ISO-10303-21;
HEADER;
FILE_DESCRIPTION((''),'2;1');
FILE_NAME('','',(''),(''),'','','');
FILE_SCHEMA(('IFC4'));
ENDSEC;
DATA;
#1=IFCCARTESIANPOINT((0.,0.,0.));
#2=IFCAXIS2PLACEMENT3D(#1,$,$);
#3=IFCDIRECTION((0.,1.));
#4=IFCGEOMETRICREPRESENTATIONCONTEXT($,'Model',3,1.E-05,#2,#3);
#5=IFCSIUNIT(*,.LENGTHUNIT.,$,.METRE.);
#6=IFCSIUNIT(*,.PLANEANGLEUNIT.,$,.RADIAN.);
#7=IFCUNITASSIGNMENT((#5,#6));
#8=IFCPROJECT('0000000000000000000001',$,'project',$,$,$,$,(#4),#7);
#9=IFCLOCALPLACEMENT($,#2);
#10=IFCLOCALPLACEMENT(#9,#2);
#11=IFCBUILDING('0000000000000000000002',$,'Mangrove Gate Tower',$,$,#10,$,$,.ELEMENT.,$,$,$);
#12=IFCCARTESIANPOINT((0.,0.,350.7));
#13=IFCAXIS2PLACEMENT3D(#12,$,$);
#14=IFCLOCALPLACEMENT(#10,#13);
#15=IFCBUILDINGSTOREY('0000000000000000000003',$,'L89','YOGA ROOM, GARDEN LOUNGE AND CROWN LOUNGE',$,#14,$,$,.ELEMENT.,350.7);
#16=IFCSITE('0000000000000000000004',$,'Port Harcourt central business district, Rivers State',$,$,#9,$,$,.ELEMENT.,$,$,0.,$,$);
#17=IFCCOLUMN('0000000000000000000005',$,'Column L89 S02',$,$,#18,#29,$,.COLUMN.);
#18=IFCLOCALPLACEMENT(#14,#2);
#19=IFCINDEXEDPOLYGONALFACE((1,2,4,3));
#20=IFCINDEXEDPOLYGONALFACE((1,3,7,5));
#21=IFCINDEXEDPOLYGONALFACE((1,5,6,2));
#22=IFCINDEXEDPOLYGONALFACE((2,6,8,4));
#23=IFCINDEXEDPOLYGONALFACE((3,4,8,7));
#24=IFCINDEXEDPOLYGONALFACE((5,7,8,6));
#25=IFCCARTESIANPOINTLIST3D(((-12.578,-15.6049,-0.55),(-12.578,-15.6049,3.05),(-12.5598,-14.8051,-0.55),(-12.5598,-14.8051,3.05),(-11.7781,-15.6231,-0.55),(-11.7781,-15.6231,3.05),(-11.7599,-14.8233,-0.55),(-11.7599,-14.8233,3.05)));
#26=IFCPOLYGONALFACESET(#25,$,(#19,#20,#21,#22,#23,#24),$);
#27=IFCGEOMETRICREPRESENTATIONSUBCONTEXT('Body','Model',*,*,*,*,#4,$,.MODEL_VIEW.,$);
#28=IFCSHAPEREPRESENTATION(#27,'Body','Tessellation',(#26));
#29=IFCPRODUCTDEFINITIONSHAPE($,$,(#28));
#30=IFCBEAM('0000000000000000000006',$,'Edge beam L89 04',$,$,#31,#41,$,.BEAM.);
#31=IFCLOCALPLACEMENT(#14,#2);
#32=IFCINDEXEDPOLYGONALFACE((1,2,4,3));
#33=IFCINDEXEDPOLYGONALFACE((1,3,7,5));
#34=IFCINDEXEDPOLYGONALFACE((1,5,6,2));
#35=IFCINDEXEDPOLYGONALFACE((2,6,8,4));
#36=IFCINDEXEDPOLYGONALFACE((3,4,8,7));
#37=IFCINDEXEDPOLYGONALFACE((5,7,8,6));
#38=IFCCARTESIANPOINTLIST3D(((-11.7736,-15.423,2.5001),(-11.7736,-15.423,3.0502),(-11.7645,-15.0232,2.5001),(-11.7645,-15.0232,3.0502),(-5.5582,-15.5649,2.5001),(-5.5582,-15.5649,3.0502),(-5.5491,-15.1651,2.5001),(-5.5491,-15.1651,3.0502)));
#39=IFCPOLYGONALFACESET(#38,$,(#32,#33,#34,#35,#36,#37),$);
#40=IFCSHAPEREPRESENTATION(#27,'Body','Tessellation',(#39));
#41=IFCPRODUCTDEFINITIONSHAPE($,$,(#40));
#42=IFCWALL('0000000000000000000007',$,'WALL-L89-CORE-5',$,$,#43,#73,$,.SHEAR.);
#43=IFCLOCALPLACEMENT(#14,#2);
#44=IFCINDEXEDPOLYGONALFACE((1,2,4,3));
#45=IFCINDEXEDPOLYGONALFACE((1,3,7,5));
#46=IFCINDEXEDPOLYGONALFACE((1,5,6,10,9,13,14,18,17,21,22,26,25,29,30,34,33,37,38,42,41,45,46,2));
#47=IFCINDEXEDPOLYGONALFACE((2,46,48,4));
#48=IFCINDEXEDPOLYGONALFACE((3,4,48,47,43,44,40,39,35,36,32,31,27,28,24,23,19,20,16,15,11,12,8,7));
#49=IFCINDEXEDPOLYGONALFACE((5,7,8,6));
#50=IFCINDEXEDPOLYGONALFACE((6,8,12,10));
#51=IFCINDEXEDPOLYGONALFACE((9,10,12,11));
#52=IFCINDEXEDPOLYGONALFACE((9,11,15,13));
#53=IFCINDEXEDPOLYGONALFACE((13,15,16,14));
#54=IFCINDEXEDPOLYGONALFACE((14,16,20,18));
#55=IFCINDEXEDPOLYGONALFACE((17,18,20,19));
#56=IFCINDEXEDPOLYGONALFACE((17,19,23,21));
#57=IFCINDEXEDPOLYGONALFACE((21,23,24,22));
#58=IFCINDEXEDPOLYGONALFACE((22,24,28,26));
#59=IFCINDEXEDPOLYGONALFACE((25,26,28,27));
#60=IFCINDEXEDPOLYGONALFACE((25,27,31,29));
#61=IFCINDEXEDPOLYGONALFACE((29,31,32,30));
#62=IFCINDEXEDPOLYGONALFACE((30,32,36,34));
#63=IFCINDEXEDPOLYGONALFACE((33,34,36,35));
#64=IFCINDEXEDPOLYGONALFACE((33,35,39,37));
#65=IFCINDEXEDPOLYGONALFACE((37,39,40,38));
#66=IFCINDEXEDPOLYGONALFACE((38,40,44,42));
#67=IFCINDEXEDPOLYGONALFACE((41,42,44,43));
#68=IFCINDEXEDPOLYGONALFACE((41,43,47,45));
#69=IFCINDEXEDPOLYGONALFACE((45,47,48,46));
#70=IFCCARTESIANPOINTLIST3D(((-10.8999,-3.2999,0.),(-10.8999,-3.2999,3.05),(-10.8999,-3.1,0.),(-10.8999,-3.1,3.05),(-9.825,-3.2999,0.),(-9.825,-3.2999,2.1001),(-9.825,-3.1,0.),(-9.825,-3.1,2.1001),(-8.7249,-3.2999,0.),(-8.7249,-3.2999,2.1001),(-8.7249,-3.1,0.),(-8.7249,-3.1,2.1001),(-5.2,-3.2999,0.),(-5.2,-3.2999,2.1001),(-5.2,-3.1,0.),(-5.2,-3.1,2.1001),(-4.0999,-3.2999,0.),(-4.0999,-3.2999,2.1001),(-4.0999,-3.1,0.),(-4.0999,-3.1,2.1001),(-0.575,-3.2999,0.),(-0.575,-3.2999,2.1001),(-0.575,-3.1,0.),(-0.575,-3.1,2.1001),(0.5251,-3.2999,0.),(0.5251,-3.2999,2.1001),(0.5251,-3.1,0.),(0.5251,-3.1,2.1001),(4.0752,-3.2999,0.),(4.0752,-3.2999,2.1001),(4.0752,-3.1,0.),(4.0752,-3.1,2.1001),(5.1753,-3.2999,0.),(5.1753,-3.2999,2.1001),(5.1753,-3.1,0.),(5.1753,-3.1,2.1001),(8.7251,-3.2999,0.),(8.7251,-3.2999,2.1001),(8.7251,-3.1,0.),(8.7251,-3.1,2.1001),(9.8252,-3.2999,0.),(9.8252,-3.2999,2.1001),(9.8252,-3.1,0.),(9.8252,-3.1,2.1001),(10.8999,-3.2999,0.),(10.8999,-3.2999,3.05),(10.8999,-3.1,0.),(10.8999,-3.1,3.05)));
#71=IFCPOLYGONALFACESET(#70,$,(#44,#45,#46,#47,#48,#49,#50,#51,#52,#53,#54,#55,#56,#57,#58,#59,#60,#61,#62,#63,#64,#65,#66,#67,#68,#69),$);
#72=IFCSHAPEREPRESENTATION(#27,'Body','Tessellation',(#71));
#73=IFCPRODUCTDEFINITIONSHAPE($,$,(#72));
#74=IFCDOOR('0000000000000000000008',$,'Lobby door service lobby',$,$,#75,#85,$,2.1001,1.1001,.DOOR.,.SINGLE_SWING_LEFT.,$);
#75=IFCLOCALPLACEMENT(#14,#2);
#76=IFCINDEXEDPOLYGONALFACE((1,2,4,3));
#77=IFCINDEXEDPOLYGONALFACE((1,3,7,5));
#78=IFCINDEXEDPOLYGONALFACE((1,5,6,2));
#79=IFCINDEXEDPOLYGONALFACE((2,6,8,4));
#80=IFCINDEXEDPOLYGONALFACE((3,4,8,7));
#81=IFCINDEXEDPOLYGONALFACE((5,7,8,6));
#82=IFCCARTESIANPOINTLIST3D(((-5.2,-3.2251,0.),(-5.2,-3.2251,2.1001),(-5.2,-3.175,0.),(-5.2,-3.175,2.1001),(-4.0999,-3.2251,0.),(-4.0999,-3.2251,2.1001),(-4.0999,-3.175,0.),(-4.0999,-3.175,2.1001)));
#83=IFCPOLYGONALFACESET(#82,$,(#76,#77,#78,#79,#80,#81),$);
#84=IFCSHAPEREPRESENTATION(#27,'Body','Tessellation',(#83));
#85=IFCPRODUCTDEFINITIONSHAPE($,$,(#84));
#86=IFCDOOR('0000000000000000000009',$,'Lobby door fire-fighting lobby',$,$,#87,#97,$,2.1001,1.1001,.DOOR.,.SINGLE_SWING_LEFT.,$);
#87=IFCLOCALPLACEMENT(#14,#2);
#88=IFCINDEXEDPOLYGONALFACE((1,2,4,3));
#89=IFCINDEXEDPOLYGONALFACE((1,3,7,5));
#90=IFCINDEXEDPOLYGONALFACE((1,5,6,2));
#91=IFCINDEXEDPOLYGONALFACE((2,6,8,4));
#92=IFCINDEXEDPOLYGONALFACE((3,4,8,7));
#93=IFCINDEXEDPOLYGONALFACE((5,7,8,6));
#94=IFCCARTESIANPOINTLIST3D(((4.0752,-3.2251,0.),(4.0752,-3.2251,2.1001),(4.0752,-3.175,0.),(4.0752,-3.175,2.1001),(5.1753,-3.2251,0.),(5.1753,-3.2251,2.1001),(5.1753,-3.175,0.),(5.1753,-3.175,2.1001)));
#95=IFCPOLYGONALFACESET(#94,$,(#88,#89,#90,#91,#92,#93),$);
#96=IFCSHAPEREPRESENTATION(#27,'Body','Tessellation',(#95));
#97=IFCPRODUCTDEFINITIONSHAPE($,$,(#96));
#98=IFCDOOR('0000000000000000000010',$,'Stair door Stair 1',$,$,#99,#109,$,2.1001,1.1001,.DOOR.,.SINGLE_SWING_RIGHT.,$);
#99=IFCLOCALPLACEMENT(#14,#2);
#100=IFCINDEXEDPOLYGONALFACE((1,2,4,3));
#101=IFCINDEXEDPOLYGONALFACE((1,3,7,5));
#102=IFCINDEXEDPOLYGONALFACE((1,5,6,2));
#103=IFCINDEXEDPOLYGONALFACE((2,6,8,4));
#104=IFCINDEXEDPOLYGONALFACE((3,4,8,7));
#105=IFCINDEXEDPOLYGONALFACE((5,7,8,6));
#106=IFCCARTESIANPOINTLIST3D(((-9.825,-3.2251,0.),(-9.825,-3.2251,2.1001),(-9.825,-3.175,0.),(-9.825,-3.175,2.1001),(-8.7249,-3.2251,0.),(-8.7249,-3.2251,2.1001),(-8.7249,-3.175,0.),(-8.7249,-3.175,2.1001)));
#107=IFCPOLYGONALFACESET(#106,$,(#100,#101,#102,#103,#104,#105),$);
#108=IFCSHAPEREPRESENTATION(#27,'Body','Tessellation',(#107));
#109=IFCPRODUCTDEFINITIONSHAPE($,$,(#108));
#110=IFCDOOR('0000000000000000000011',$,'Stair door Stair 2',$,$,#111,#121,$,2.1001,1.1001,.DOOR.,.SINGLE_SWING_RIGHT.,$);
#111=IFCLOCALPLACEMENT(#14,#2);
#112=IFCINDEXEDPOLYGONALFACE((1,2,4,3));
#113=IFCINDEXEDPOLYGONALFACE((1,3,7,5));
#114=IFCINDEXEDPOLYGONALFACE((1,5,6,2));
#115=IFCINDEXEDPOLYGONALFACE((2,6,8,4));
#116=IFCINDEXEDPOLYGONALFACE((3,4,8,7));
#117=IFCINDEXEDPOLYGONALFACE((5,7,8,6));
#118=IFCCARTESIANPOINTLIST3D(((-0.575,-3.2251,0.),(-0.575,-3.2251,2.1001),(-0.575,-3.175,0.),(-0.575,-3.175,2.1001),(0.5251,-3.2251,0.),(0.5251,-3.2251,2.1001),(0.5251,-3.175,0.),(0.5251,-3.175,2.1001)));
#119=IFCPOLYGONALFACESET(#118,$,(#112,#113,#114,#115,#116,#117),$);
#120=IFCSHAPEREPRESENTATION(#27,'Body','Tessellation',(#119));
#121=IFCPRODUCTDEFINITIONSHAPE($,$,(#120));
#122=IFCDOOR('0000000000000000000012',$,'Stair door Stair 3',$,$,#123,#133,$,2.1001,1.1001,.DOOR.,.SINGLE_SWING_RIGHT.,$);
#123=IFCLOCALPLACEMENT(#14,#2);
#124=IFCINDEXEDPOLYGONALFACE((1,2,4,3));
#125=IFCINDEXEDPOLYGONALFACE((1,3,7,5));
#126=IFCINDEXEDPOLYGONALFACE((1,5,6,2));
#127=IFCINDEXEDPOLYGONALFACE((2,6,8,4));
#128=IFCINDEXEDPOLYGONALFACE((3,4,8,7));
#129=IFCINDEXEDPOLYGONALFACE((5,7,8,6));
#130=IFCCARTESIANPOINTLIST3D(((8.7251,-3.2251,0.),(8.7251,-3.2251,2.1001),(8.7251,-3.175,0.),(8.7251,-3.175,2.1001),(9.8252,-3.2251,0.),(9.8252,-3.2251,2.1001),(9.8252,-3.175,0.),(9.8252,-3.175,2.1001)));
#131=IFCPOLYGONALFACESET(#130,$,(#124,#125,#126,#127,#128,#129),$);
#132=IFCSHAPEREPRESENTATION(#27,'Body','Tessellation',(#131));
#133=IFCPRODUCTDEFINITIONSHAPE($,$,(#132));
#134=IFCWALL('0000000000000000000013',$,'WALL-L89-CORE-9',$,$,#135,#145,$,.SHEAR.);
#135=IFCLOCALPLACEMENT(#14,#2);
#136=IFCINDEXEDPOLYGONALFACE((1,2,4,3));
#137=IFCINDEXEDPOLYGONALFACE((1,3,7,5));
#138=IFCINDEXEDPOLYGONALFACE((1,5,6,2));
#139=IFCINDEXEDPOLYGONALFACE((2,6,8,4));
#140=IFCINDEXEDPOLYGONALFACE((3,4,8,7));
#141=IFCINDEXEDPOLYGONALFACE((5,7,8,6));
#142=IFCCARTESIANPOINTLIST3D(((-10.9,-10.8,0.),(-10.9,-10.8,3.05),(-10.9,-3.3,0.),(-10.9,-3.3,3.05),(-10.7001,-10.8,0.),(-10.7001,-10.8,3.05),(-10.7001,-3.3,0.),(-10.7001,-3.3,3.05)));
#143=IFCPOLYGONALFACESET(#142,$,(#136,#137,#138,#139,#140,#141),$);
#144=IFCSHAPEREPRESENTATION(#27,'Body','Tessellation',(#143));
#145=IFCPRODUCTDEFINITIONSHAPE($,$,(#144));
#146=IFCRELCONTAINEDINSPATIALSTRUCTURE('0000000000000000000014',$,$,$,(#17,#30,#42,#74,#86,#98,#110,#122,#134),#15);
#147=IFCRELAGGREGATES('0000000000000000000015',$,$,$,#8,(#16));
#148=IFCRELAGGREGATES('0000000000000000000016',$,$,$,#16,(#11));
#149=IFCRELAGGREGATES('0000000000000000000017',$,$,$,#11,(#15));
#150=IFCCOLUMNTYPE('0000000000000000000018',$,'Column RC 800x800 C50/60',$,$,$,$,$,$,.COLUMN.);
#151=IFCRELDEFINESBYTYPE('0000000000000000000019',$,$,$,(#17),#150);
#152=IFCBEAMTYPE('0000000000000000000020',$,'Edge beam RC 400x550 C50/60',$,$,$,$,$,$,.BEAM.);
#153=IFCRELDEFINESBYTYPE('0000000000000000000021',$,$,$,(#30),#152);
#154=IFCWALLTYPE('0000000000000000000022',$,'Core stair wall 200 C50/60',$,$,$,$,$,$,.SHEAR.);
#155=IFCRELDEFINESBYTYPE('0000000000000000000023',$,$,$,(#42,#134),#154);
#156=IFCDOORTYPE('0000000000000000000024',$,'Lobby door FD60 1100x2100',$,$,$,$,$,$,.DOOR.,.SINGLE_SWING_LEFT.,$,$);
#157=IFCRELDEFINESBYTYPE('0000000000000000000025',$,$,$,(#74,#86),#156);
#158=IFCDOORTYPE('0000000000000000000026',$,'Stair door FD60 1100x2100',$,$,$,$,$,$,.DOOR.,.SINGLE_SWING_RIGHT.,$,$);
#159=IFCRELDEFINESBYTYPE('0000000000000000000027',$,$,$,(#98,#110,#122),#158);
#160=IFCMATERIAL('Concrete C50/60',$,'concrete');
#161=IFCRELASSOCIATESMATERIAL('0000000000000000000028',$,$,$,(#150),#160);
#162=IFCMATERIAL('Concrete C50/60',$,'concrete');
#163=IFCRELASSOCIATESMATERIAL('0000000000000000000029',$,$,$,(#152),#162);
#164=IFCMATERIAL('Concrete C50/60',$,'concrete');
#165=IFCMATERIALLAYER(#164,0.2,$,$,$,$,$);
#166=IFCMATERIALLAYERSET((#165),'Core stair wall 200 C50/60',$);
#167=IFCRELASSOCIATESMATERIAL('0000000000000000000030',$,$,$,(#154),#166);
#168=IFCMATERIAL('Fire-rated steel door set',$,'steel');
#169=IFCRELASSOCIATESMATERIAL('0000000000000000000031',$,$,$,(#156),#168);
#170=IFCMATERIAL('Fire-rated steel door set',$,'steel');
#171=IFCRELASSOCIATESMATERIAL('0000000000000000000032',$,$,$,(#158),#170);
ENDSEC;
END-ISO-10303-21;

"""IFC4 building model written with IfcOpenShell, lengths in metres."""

from ifc_helpers import new_model, si_unit, direction, frame, frame_2d, origin, origin_2d, place, context, subcontext, project, spatial, rectangle, extrude, material, layer, layer_set, material_profile, profile_set, type_object, element, fill, save


model = new_model("IFC4")

# Units and contexts
model_context = context("Model", 3, precision=1e-05, world=origin(), true_north=direction((0.0, 1.0)))
body_context = subcontext(model_context, "Body", "Model", "MODEL_VIEW")
ifc_project = project(units=[si_unit("LENGTHUNIT", "METRE"), si_unit("PLANEANGLEUNIT", "RADIAN")], contexts=[model_context])

# Site, building, storey
site_placement = place(None, origin())
site = spatial("IfcSite", under=ifc_project, at=site_placement, Name="Port Harcourt central business district, Rivers State", CompositionType="ELEMENT", RefElevation=0.0)
building_placement = place(site_placement, origin())
building = spatial("IfcBuilding", under=site, at=building_placement, Name="Mangrove Gate Tower", CompositionType="ELEMENT")
storey_placement = place(building_placement, frame((0.0, 0.0, 350.7)))
storey = spatial("IfcBuildingStorey", under=building, at=storey_placement, Name="L89", Description="YOGA ROOM, GARDEN LOUNGE AND CROWN LOUNGE", CompositionType="ELEMENT", Elevation=350.7)

# Column
ifc_material_1 = material(Name="Concrete C50/60", Category="concrete")
ifc_material_profile_1 = material_profile(ifc_material_1, rectangle(XDim=0.8, YDim=0.8, at=origin_2d()))
ifc_profile_set_1 = profile_set([ifc_material_profile_1], Name="Concrete C50/60")
column_type = type_object("IfcColumnType", Name="Column RC 800x800 C50/60", PredefinedType="COLUMN", material=ifc_profile_set_1)
column_placement = place(storey_placement, frame((-12.1689, -15.2141, -0.55), z_axis=(0.0, 0.0, 1.0), x_axis=(0.999742, -0.022731, 0.0)))
element("IfcColumn", 1, at=column_placement, inside=storey, type_object=column_type, Name="Column L89 S02", PredefinedType="COLUMN", context=body_context, shape_type="SweptSolid", body=[
    extrude(rectangle(XDim=0.8, YDim=0.8, at=origin_2d()), origin(), (0.0, 0.0, 1.0), 3.6001),
])

# Beam
ifc_material_2 = material(Name="Concrete C50/60", Category="concrete")
ifc_material_profile_2 = material_profile(ifc_material_2, rectangle(XDim=0.3999, YDim=0.55, at=origin_2d()))
ifc_profile_set_2 = profile_set([ifc_material_profile_2], Name="Concrete C50/60")
beam_type = type_object("IfcBeamType", Name="Edge beam RC 400x550 C50/60", PredefinedType="BEAM", material=ifc_profile_set_2)
beam_placement = place(storey_placement, frame((-11.769, -15.2231, 2.7751), z_axis=(0.99974, -0.022816, 0.0), x_axis=(0.022816, 0.99974, 0.0)))
element("IfcBeam", 2, at=beam_placement, inside=storey, type_object=beam_type, Name="Edge beam L89 04", PredefinedType="BEAM", context=body_context, shape_type="SweptSolid", body=[
    extrude(rectangle(XDim=0.3999, YDim=0.55, at=origin_2d()), origin(), (0.0, 0.0, 1.0), 6.217),
])

# Wall, openings, doors
ifc_material_3 = material(Name="Concrete C50/60", Category="concrete")
ifc_layer_1 = layer(ifc_material_3, 0.2)
ifc_layer_set_1 = layer_set([ifc_layer_1], Name="Core stair wall 200 C50/60")
wall_type_1 = type_object("IfcWallType", Name="Core stair wall 200 C50/60", PredefinedType="SHEAR", material=ifc_layer_set_1)
wall_1_placement = place(storey_placement, frame((-10.8999, -3.2, 0.0), z_axis=(0.0, 0.0, 1.0), x_axis=(1.0, 0.0, 0.0)))
wall_1 = element("IfcWall", 3, at=wall_1_placement, inside=storey, type_object=wall_type_1, Name="WALL-L89-CORE-5", PredefinedType="SHEAR", context=body_context, shape_type="SweptSolid", body=[
    extrude(rectangle(XDim=21.7998, YDim=0.2, at=frame_2d((10.8999, 0.0))), origin(), (0.0, 0.0, 1.0), 3.05),
])
opening_1_placement = place(wall_1_placement, frame((1.075, 0.0, 0.0)))
opening_1 = element("IfcOpeningElement", 4, at=opening_1_placement, cuts=wall_1, PredefinedType="OPENING", context=body_context, shape_type="SweptSolid", body=[
    extrude(rectangle(XDim=1.1001, YDim=2.1001, at=frame_2d((0.55, 1.05))), frame((0.0, 0.1099, 0.0), z_axis=(0.0, -1.0, 0.0), x_axis=(1.0, 0.0, 0.0)), (0.0, 0.0, 1.0), 0.22),
])
opening_2_placement = place(wall_1_placement, frame((10.325, 0.0, 0.0)))
opening_2 = element("IfcOpeningElement", 5, at=opening_2_placement, cuts=wall_1, PredefinedType="OPENING", context=body_context, shape_type="SweptSolid", body=[
    extrude(rectangle(XDim=1.1001, YDim=2.1001, at=frame_2d((0.55, 1.05))), frame((0.0, 0.1099, 0.0), z_axis=(0.0, -1.0, 0.0), x_axis=(1.0, 0.0, 0.0)), (0.0, 0.0, 1.0), 0.22),
])
opening_3_placement = place(wall_1_placement, frame((19.625, 0.0, 0.0)))
opening_3 = element("IfcOpeningElement", 6, at=opening_3_placement, cuts=wall_1, PredefinedType="OPENING", context=body_context, shape_type="SweptSolid", body=[
    extrude(rectangle(XDim=1.1001, YDim=2.1001, at=frame_2d((0.55, 1.05))), frame((0.0, 0.1099, 0.0), z_axis=(0.0, -1.0, 0.0), x_axis=(1.0, 0.0, 0.0)), (0.0, 0.0, 1.0), 0.22),
])
opening_4_placement = place(wall_1_placement, frame((5.7, 0.0, 0.0)))
opening_4 = element("IfcOpeningElement", 7, at=opening_4_placement, cuts=wall_1, PredefinedType="OPENING", context=body_context, shape_type="SweptSolid", body=[
    extrude(rectangle(XDim=1.1001, YDim=2.1001, at=frame_2d((0.55, 1.05))), frame((0.0, 0.1099, 0.0), z_axis=(0.0, -1.0, 0.0), x_axis=(1.0, 0.0, 0.0)), (0.0, 0.0, 1.0), 0.22),
])
opening_5_placement = place(wall_1_placement, frame((14.9751, 0.0, 0.0)))
opening_5 = element("IfcOpeningElement", 8, at=opening_5_placement, cuts=wall_1, PredefinedType="OPENING", context=body_context, shape_type="SweptSolid", body=[
    extrude(rectangle(XDim=1.1001, YDim=2.1001, at=frame_2d((0.55, 1.05))), frame((0.0, 0.1099, 0.0), z_axis=(0.0, -1.0, 0.0), x_axis=(1.0, 0.0, 0.0)), (0.0, 0.0, 1.0), 0.22),
])
ifc_material_4 = material(Name="Fire-rated steel door set", Category="steel")
door_type_1 = type_object("IfcDoorType", Name="Lobby door FD60 1100x2100", OperationType="SINGLE_SWING_LEFT", PredefinedType="DOOR", material=ifc_material_4)
door_1_placement = place(opening_4_placement, origin())
door_1 = element("IfcDoor", 9, at=door_1_placement, inside=storey, type_object=door_type_1, Name="Lobby door service lobby", OperationType="SINGLE_SWING_LEFT", OverallHeight=2.1001, OverallWidth=1.1001, PredefinedType="DOOR", context=body_context, shape_type="SweptSolid", body=[
    extrude(rectangle(XDim=1.1001, YDim=2.1001, at=frame_2d((0.55, 1.05))), frame((0.0, 0.0249, 0.0), z_axis=(0.0, -1.0, 0.0), x_axis=(1.0, 0.0, 0.0)), (0.0, 0.0, 1.0), 0.05),
])
fill(opening_4, door_1)
door_2_placement = place(opening_5_placement, origin())
door_2 = element("IfcDoor", 10, at=door_2_placement, inside=storey, type_object=door_type_1, Name="Lobby door fire-fighting lobby", OperationType="SINGLE_SWING_LEFT", OverallHeight=2.1001, OverallWidth=1.1001, PredefinedType="DOOR", context=body_context, shape_type="SweptSolid", body=[
    extrude(rectangle(XDim=1.1001, YDim=2.1001, at=frame_2d((0.55, 1.05))), frame((0.0, 0.0249, 0.0), z_axis=(0.0, -1.0, 0.0), x_axis=(1.0, 0.0, 0.0)), (0.0, 0.0, 1.0), 0.05),
])
fill(opening_5, door_2)
ifc_material_5 = material(Name="Fire-rated steel door set", Category="steel")
door_type_2 = type_object("IfcDoorType", Name="Stair door FD60 1100x2100", OperationType="SINGLE_SWING_RIGHT", PredefinedType="DOOR", material=ifc_material_5)
door_3_placement = place(opening_1_placement, origin())
door_3 = element("IfcDoor", 11, at=door_3_placement, inside=storey, type_object=door_type_2, Name="Stair door Stair 1", OperationType="SINGLE_SWING_RIGHT", OverallHeight=2.1001, OverallWidth=1.1001, PredefinedType="DOOR", context=body_context, shape_type="SweptSolid", body=[
    extrude(rectangle(XDim=1.1001, YDim=2.1001, at=frame_2d((0.55, 1.05))), frame((0.0, 0.0249, 0.0), z_axis=(0.0, -1.0, 0.0), x_axis=(1.0, 0.0, 0.0)), (0.0, 0.0, 1.0), 0.05),
])
fill(opening_1, door_3)
door_4_placement = place(opening_2_placement, origin())
door_4 = element("IfcDoor", 12, at=door_4_placement, inside=storey, type_object=door_type_2, Name="Stair door Stair 2", OperationType="SINGLE_SWING_RIGHT", OverallHeight=2.1001, OverallWidth=1.1001, PredefinedType="DOOR", context=body_context, shape_type="SweptSolid", body=[
    extrude(rectangle(XDim=1.1001, YDim=2.1001, at=frame_2d((0.55, 1.05))), frame((0.0, 0.0249, 0.0), z_axis=(0.0, -1.0, 0.0), x_axis=(1.0, 0.0, 0.0)), (0.0, 0.0, 1.0), 0.05),
])
fill(opening_2, door_4)
door_5_placement = place(opening_3_placement, origin())
door_5 = element("IfcDoor", 13, at=door_5_placement, inside=storey, type_object=door_type_2, Name="Stair door Stair 3", OperationType="SINGLE_SWING_RIGHT", OverallHeight=2.1001, OverallWidth=1.1001, PredefinedType="DOOR", context=body_context, shape_type="SweptSolid", body=[
    extrude(rectangle(XDim=1.1001, YDim=2.1001, at=frame_2d((0.55, 1.05))), frame((0.0, 0.0249, 0.0), z_axis=(0.0, -1.0, 0.0), x_axis=(1.0, 0.0, 0.0)), (0.0, 0.0, 1.0), 0.05),
])
fill(opening_3, door_5)

# Wall
wall_2_placement = place(storey_placement, frame((-10.8, -10.8, 0.0), z_axis=(0.0, 0.0, 1.0), x_axis=(0.0, 1.0, 0.0)))
element("IfcWall", 14, at=wall_2_placement, inside=storey, type_object=wall_type_1, Name="WALL-L89-CORE-9", PredefinedType="SHEAR", context=body_context, shape_type="SweptSolid", body=[
    extrude(rectangle(XDim=7.5, YDim=0.2, at=frame_2d((3.75, 0.0))), origin(), (0.0, 0.0, 1.0), 3.05),
])

save(model, "model.ifc")
